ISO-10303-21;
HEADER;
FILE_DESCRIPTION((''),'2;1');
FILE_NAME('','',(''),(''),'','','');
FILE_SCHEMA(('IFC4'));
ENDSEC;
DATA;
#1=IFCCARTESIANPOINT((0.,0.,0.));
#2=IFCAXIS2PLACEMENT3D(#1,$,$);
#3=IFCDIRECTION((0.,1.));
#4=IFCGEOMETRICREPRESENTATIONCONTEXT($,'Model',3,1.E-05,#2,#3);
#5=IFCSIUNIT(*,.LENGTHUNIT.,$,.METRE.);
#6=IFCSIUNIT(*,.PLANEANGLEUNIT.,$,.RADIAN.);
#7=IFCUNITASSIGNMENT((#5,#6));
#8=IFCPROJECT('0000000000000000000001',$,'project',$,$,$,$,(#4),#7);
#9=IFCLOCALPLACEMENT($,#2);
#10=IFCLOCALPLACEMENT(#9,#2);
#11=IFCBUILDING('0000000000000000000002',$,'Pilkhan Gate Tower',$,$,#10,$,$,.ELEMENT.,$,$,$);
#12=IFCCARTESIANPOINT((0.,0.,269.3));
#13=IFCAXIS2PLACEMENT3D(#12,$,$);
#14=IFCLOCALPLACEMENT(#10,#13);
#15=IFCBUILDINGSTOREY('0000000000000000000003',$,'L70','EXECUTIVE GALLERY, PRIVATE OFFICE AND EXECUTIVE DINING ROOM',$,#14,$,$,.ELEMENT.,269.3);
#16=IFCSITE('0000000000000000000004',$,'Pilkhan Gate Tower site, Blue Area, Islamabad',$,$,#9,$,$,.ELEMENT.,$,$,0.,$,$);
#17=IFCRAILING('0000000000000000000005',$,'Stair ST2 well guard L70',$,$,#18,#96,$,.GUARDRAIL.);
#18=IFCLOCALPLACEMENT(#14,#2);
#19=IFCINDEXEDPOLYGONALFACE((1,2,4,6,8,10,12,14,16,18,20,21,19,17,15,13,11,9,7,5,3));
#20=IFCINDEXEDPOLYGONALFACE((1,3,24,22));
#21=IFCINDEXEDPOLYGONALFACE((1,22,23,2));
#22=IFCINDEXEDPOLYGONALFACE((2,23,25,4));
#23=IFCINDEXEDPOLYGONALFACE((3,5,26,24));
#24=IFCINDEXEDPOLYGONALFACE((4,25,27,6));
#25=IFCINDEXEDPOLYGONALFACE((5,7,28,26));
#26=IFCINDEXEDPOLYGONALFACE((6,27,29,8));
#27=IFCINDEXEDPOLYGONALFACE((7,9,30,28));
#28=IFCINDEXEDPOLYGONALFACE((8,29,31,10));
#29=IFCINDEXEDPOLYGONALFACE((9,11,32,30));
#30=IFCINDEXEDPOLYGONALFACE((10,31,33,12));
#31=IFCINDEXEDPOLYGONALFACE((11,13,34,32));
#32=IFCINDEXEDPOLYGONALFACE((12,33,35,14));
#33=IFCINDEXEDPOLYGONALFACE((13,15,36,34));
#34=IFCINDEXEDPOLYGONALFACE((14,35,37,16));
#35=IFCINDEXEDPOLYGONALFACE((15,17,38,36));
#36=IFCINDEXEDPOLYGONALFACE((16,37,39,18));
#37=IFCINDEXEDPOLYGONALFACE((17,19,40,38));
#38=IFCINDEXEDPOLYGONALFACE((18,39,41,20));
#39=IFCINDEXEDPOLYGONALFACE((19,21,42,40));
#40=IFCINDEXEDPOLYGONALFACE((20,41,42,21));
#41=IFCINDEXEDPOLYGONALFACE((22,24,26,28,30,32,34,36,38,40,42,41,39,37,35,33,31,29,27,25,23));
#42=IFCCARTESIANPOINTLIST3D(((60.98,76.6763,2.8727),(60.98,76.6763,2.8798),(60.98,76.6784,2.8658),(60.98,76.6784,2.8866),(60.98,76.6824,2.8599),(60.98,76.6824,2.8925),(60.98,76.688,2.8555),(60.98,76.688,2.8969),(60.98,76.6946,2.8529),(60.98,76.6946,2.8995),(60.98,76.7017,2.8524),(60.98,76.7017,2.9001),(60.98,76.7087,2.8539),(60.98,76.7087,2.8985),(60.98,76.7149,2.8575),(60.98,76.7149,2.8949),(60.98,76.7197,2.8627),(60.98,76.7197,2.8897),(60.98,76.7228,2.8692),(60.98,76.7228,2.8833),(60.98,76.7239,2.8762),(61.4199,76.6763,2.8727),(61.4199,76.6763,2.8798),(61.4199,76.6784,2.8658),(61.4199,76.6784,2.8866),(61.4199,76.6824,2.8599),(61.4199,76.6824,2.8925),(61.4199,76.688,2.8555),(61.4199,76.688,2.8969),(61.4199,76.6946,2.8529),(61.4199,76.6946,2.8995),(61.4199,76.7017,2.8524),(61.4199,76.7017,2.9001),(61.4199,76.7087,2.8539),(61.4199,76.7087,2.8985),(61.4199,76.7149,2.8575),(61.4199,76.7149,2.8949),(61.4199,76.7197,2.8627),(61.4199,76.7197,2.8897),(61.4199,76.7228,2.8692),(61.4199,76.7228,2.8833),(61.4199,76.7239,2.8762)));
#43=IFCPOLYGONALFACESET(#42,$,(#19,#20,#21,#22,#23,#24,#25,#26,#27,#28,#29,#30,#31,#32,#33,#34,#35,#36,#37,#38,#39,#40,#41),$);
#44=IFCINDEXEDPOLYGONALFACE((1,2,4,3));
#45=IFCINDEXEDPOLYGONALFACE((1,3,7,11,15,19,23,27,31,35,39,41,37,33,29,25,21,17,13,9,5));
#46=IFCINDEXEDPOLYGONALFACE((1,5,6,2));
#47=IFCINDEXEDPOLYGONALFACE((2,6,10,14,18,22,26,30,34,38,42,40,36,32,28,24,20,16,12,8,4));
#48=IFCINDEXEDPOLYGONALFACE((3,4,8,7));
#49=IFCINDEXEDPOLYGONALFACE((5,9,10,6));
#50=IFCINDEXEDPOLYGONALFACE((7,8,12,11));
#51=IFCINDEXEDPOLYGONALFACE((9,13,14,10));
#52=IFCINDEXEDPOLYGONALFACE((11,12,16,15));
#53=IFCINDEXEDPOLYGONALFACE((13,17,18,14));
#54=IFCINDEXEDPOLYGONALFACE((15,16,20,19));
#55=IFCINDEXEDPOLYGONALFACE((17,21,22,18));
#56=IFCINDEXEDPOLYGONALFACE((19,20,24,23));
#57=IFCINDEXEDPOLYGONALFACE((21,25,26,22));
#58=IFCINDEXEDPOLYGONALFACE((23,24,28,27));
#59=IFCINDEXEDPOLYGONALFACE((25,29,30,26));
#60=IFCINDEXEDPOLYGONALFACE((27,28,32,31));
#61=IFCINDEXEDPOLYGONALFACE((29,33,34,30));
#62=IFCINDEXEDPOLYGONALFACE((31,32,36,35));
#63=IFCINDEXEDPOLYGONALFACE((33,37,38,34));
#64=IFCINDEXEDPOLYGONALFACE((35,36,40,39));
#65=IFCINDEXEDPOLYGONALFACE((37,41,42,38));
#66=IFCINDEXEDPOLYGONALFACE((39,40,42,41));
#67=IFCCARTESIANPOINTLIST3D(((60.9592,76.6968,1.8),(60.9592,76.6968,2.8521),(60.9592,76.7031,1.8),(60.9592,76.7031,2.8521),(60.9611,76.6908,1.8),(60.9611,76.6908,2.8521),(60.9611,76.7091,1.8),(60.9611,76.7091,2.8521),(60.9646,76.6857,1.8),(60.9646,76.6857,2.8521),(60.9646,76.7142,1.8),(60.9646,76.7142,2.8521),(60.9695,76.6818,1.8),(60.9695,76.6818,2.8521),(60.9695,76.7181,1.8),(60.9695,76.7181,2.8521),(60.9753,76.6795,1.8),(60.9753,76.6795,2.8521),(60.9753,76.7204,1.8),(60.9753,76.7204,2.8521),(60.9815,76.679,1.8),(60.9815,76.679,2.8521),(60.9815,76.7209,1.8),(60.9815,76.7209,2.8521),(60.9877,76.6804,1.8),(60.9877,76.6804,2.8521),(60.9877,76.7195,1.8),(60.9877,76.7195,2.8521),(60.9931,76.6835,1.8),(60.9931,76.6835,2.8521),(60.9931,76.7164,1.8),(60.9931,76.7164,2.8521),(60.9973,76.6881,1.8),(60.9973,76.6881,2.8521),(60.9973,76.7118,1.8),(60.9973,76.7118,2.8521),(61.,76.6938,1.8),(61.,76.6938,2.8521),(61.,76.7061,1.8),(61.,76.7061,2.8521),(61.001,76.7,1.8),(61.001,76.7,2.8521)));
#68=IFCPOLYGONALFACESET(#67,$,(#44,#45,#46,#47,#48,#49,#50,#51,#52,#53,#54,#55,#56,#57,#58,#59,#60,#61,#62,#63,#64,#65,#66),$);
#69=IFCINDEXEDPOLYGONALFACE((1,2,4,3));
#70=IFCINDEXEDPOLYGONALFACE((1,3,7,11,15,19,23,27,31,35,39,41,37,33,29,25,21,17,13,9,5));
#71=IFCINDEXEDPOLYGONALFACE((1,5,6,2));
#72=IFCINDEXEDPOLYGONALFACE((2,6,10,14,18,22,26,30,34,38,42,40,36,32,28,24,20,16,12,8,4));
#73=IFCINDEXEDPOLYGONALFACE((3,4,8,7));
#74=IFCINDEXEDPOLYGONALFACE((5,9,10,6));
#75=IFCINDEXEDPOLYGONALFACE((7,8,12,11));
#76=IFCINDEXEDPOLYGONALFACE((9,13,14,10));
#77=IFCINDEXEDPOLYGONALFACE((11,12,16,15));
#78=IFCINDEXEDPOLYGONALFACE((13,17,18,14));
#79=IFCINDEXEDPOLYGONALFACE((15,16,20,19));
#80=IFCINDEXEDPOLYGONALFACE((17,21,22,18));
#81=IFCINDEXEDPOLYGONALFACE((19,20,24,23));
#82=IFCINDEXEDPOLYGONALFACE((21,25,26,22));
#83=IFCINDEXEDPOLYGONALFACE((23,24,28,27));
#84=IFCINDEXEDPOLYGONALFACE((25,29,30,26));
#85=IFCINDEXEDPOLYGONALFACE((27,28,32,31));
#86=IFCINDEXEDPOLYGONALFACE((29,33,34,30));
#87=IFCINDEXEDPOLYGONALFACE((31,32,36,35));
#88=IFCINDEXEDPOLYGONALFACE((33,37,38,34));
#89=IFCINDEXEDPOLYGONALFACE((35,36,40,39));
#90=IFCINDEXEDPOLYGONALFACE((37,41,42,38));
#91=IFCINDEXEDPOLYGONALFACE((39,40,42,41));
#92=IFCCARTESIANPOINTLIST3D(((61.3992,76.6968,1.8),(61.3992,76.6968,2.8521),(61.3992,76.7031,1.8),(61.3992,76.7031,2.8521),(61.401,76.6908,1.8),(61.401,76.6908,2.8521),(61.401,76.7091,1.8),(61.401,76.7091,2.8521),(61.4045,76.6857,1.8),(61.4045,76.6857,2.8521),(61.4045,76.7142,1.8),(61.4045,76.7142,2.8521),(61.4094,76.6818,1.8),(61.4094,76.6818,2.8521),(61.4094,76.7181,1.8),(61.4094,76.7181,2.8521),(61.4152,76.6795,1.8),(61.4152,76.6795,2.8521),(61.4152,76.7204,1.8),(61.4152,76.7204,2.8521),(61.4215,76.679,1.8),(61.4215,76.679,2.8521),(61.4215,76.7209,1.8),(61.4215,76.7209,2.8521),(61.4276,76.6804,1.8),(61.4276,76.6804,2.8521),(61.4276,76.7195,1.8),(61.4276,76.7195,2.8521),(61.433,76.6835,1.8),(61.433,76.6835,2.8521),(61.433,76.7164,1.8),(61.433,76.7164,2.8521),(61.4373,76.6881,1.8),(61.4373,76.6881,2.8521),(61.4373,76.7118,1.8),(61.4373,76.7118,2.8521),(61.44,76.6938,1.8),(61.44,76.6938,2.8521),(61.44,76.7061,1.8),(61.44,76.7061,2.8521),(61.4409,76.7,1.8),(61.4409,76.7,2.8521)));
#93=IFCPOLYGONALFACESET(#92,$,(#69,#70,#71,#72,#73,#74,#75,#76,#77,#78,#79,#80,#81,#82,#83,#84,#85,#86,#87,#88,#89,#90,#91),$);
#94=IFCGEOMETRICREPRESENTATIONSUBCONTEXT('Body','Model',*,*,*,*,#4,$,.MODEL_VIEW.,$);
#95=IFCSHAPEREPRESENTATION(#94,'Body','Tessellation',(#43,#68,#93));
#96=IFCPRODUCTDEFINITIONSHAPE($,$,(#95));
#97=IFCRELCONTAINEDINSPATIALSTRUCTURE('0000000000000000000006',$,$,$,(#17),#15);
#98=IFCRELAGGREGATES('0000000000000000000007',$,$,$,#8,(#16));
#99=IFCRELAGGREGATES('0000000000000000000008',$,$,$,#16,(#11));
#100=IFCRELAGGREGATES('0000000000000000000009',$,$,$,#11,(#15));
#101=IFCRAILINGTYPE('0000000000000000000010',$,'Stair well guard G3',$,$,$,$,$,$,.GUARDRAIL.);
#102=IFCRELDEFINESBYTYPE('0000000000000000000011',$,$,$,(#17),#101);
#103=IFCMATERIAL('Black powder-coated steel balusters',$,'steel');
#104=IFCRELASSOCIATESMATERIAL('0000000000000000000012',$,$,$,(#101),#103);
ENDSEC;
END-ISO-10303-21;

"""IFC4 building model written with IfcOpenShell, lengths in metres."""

from ifc_helpers import new_model, si_unit, direction, frame, origin, origin_2d, place, context, subcontext, project, spatial, circle, extrude, material, type_object, element, save


model = new_model("IFC4")

# Units and contexts
model_context = context("Model", 3, precision=1e-05, world=origin(), true_north=direction((0.0, 1.0)))
body_context = subcontext(model_context, "Body", "Model", "MODEL_VIEW")
ifc_project = project(units=[si_unit("LENGTHUNIT", "METRE"), si_unit("PLANEANGLEUNIT", "RADIAN")], contexts=[model_context])

# Site, building, storey
site_placement = place(None, origin())
site = spatial("IfcSite", under=ifc_project, at=site_placement, Name="Pilkhan Gate Tower site, Blue Area, Islamabad", CompositionType="ELEMENT", RefElevation=0.0)
building_placement = place(site_placement, origin())
building = spatial("IfcBuilding", under=site, at=building_placement, Name="Pilkhan Gate Tower", CompositionType="ELEMENT")
storey_placement = place(building_placement, frame((0.0, 0.0, 269.3)))
storey = spatial("IfcBuildingStorey", under=building, at=storey_placement, Name="L70", Description="EXECUTIVE GALLERY, PRIVATE OFFICE AND EXECUTIVE DINING ROOM", CompositionType="ELEMENT", Elevation=269.3)

# Railing
ifc_material_1 = material(Name="Black powder-coated steel balusters", Category="steel")
railing_type_1 = type_object("IfcRailingType", Name="Stair well guard G3", PredefinedType="GUARDRAIL", material=ifc_material_1)
railing_1_placement = place(storey_placement, frame((60.98, 76.7, 1.8)))
element("IfcRailing", 1, at=railing_1_placement, inside=storey, type_object=railing_type_1, Name="Stair ST2 well guard L70", PredefinedType="GUARDRAIL", context=body_context, shape_type="SweptSolid", body=[
    extrude(circle(Radius=0.0239, at=origin_2d()), frame((0.0, 0.0, 1.0762), z_axis=(1.0, 0.0, 0.0), x_axis=(0.0, 1.0, 0.0)), (0.0, 0.0, 1.0), 0.4399),
    extrude(circle(Radius=0.021, at=origin_2d()), origin(), (0.0, 0.0, 1.0), 1.052),
    extrude(circle(Radius=0.021, at=origin_2d()), frame((0.4399, 0.0, 0.0)), (0.0, 0.0, 1.0), 1.052),
])

save(model, "model.ifc")
